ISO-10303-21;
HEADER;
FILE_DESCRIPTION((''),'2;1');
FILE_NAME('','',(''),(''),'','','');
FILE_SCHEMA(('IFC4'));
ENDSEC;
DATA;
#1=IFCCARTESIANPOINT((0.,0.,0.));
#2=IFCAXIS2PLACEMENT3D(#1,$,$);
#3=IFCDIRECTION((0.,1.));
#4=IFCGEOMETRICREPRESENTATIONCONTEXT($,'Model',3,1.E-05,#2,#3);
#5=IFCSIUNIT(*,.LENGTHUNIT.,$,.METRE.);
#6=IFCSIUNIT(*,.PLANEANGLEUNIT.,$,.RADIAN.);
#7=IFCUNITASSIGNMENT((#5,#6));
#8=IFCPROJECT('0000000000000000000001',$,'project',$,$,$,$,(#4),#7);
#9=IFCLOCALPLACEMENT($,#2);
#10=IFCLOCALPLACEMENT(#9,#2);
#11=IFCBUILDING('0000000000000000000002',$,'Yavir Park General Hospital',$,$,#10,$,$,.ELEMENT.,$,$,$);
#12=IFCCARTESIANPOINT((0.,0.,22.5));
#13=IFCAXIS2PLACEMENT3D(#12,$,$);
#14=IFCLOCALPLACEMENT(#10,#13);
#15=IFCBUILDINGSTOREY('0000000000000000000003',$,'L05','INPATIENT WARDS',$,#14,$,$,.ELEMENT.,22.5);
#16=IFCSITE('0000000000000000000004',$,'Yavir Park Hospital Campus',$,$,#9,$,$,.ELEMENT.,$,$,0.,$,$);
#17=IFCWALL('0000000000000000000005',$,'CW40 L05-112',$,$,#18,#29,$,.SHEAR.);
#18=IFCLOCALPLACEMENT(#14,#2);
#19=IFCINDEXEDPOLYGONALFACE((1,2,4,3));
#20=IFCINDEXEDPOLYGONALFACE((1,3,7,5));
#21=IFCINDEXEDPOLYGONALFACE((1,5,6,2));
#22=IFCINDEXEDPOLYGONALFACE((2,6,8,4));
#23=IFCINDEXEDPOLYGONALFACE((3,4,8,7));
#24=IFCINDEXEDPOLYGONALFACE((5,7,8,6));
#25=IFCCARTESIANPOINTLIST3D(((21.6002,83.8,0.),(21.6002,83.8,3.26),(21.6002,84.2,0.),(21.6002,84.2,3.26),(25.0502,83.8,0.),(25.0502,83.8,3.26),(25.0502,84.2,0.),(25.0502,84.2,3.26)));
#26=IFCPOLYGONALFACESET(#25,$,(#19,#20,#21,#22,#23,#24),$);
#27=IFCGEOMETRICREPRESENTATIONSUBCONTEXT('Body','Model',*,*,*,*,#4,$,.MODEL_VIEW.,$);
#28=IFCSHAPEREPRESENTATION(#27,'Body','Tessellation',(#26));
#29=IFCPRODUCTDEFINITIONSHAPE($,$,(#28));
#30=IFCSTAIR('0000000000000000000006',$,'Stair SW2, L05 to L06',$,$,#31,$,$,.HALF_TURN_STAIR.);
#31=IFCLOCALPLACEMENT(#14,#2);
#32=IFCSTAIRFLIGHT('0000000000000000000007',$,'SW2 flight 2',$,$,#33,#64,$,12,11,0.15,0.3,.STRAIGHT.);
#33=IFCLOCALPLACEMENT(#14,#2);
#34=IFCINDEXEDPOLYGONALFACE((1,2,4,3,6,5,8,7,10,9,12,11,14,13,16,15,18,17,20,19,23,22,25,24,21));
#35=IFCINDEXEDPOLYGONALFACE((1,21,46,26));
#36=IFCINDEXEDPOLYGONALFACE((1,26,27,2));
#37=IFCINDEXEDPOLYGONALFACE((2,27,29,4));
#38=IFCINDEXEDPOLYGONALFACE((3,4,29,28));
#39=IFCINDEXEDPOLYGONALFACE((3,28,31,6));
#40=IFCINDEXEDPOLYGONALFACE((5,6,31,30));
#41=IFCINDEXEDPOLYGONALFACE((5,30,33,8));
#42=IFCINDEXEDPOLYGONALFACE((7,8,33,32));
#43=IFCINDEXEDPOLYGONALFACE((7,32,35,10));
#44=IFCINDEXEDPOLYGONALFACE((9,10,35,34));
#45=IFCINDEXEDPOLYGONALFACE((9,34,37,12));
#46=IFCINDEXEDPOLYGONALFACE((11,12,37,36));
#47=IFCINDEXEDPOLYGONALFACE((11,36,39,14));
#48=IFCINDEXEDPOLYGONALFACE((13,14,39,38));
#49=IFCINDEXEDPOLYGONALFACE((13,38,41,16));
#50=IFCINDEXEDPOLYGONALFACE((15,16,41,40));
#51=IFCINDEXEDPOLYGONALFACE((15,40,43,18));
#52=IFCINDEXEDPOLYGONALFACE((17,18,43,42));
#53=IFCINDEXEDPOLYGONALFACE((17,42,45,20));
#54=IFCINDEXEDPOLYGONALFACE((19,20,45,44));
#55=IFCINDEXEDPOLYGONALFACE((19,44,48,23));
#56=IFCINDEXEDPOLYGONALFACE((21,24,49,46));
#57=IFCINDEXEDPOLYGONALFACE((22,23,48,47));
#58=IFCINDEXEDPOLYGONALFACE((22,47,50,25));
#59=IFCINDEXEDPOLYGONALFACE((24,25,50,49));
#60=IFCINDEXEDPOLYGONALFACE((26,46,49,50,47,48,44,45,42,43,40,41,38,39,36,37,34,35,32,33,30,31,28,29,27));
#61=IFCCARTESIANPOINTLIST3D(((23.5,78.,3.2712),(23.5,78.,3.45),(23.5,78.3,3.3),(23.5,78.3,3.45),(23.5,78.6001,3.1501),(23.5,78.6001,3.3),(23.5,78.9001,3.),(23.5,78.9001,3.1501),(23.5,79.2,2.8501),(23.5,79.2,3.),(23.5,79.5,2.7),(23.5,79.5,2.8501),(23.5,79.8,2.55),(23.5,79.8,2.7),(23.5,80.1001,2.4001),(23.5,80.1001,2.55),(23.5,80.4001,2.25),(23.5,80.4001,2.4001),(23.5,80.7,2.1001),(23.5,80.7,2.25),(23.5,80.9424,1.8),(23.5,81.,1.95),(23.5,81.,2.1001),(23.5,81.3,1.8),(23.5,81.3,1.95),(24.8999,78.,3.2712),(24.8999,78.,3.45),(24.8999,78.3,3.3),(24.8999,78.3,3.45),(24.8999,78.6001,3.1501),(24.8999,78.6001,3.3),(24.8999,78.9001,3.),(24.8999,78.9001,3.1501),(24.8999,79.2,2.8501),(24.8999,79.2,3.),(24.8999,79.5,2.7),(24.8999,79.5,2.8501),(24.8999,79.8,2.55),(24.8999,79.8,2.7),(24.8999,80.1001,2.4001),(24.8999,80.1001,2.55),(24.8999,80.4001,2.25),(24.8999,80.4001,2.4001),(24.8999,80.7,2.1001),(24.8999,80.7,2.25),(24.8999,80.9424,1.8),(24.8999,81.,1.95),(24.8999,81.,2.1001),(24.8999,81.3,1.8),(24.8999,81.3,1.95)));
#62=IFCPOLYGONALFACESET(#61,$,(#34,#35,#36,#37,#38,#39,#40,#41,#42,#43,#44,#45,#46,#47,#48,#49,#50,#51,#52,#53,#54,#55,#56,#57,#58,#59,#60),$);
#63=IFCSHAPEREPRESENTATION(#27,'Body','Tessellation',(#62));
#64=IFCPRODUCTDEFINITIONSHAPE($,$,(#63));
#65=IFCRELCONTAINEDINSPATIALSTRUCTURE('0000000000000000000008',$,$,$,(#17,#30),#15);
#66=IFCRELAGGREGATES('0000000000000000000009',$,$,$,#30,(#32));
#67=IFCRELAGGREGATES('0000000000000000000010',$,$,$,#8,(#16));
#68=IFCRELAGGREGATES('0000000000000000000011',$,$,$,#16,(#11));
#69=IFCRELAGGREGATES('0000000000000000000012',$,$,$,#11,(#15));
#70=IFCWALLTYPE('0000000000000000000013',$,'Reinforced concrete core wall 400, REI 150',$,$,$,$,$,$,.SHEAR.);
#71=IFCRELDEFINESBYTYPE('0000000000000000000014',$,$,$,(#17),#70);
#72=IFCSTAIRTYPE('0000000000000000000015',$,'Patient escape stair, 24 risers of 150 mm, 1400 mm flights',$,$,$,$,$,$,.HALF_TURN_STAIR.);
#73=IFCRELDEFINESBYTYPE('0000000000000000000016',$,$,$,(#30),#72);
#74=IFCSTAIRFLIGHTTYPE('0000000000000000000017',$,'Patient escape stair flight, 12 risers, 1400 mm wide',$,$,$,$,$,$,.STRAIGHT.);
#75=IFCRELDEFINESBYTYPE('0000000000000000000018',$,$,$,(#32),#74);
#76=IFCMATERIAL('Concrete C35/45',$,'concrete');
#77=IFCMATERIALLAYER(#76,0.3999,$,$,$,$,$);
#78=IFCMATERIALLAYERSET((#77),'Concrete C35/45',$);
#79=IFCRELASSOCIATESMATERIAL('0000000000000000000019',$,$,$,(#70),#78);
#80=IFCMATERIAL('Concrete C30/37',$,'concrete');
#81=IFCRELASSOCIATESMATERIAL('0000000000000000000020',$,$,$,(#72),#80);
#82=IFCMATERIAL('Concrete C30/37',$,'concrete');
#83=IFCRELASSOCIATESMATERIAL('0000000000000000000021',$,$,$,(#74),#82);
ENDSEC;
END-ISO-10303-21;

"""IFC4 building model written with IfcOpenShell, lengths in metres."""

from ifc_helpers import new_model, si_unit, direction, frame, frame_2d, origin, place, context, subcontext, project, spatial, polyline, rectangle, outline, extrude, material, layer, layer_set, type_object, element, aggregate, save


model = new_model("IFC4")

# Units and contexts
model_context = context("Model", 3, precision=1e-05, world=origin(), true_north=direction((0.0, 1.0)))
body_context = subcontext(model_context, "Body", "Model", "MODEL_VIEW")
ifc_project = project(units=[si_unit("LENGTHUNIT", "METRE"), si_unit("PLANEANGLEUNIT", "RADIAN")], contexts=[model_context])

# Site, building, storey
site_placement = place(None, origin())
site = spatial("IfcSite", under=ifc_project, at=site_placement, Name="Yavir Park Hospital Campus", CompositionType="ELEMENT", RefElevation=0.0)
building_placement = place(site_placement, origin())
building = spatial("IfcBuilding", under=site, at=building_placement, Name="Yavir Park General Hospital", CompositionType="ELEMENT")
storey_placement = place(building_placement, frame((0.0, 0.0, 22.5)))
storey = spatial("IfcBuildingStorey", under=building, at=storey_placement, Name="L05", Description="INPATIENT WARDS", CompositionType="ELEMENT", Elevation=22.5)

# Wall
ifc_material_1 = material(Name="Concrete C35/45", Category="concrete")
ifc_layer_1 = layer(ifc_material_1, 0.3999)
ifc_layer_set_1 = layer_set([ifc_layer_1], Name="Concrete C35/45")
wall_type_1 = type_object("IfcWallType", Name="Reinforced concrete core wall 400, REI 150", PredefinedType="SHEAR", material=ifc_layer_set_1)
wall_1_placement = place(storey_placement, frame((21.6001, 84.0, 0.0), z_axis=(0.0, 0.0, 1.0), x_axis=(1.0, 0.0, 0.0)))
element("IfcWall", 1, at=wall_1_placement, inside=storey, type_object=wall_type_1, Name="CW40 L05-112", PredefinedType="SHEAR", context=body_context, shape_type="SweptSolid", body=[
    extrude(rectangle(XDim=3.45, YDim=0.3999, at=frame_2d((1.7251, 0.0))), origin(), (0.0, 0.0, 1.0), 3.26),
])

# Stair, stair flight
ifc_material_2 = material(Name="Concrete C30/37", Category="concrete")
stair_type = type_object("IfcStairType", Name="Patient escape stair, 24 risers of 150 mm, 1400 mm flights", PredefinedType="HALF_TURN_STAIR", material=ifc_material_2)
stair_placement = place(storey_placement, origin())
stair = element("IfcStair", 2, at=stair_placement, inside=storey, type_object=stair_type, Name="Stair SW2, L05 to L06", PredefinedType="HALF_TURN_STAIR")
ifc_material_3 = material(Name="Concrete C30/37", Category="concrete")
stair_flight_type = type_object("IfcStairFlightType", Name="Patient escape stair flight, 12 risers, 1400 mm wide", PredefinedType="STRAIGHT", material=ifc_material_3)
stair_flight_placement = place(storey_placement, frame((24.2, 81.3, 1.8), z_axis=(0.0, 0.0, 1.0), x_axis=(0.0, -1.0, 0.0)))
stair_flight = element("IfcStairFlight", 3, at=stair_flight_placement, type_object=stair_flight_type, Name="SW2 flight 2", NumberOfRisers=12, NumberOfTreads=11, PredefinedType="STRAIGHT", RiserHeight=0.15, TreadLength=0.3, context=body_context, shape_type="SweptSolid", body=[
    extrude(outline(polyline([(0.0, 0.0), (0.0, 0.1499), (0.3, 0.1499), (0.3, 0.3), (0.6001, 0.3), (0.6001, 0.45), (0.8999, 0.45), (0.8999, 0.6001), (1.2, 0.6001), (1.2, 0.75), (1.5, 0.75), (1.5, 0.8999), (1.8, 0.8999), (1.8, 1.05), (2.1001, 1.05), (2.1001, 1.2), (2.3999, 1.2), (2.3999, 1.3501), (2.7, 1.3501), (2.7, 1.5), (3.0, 1.5), (3.0, 1.6499), (3.3, 1.6499), (3.3, 1.8), (3.3, 1.4712), (0.3577, 0.0), (0.0, 0.0)])), frame((0.0, 0.7, 0.0), z_axis=(0.0, -1.0, 0.0), x_axis=(1.0, 0.0, 0.0)), (0.0, 0.0, 1.0), 1.3999),
])
aggregate(stair, [stair_flight])

save(model, "model.ifc")
